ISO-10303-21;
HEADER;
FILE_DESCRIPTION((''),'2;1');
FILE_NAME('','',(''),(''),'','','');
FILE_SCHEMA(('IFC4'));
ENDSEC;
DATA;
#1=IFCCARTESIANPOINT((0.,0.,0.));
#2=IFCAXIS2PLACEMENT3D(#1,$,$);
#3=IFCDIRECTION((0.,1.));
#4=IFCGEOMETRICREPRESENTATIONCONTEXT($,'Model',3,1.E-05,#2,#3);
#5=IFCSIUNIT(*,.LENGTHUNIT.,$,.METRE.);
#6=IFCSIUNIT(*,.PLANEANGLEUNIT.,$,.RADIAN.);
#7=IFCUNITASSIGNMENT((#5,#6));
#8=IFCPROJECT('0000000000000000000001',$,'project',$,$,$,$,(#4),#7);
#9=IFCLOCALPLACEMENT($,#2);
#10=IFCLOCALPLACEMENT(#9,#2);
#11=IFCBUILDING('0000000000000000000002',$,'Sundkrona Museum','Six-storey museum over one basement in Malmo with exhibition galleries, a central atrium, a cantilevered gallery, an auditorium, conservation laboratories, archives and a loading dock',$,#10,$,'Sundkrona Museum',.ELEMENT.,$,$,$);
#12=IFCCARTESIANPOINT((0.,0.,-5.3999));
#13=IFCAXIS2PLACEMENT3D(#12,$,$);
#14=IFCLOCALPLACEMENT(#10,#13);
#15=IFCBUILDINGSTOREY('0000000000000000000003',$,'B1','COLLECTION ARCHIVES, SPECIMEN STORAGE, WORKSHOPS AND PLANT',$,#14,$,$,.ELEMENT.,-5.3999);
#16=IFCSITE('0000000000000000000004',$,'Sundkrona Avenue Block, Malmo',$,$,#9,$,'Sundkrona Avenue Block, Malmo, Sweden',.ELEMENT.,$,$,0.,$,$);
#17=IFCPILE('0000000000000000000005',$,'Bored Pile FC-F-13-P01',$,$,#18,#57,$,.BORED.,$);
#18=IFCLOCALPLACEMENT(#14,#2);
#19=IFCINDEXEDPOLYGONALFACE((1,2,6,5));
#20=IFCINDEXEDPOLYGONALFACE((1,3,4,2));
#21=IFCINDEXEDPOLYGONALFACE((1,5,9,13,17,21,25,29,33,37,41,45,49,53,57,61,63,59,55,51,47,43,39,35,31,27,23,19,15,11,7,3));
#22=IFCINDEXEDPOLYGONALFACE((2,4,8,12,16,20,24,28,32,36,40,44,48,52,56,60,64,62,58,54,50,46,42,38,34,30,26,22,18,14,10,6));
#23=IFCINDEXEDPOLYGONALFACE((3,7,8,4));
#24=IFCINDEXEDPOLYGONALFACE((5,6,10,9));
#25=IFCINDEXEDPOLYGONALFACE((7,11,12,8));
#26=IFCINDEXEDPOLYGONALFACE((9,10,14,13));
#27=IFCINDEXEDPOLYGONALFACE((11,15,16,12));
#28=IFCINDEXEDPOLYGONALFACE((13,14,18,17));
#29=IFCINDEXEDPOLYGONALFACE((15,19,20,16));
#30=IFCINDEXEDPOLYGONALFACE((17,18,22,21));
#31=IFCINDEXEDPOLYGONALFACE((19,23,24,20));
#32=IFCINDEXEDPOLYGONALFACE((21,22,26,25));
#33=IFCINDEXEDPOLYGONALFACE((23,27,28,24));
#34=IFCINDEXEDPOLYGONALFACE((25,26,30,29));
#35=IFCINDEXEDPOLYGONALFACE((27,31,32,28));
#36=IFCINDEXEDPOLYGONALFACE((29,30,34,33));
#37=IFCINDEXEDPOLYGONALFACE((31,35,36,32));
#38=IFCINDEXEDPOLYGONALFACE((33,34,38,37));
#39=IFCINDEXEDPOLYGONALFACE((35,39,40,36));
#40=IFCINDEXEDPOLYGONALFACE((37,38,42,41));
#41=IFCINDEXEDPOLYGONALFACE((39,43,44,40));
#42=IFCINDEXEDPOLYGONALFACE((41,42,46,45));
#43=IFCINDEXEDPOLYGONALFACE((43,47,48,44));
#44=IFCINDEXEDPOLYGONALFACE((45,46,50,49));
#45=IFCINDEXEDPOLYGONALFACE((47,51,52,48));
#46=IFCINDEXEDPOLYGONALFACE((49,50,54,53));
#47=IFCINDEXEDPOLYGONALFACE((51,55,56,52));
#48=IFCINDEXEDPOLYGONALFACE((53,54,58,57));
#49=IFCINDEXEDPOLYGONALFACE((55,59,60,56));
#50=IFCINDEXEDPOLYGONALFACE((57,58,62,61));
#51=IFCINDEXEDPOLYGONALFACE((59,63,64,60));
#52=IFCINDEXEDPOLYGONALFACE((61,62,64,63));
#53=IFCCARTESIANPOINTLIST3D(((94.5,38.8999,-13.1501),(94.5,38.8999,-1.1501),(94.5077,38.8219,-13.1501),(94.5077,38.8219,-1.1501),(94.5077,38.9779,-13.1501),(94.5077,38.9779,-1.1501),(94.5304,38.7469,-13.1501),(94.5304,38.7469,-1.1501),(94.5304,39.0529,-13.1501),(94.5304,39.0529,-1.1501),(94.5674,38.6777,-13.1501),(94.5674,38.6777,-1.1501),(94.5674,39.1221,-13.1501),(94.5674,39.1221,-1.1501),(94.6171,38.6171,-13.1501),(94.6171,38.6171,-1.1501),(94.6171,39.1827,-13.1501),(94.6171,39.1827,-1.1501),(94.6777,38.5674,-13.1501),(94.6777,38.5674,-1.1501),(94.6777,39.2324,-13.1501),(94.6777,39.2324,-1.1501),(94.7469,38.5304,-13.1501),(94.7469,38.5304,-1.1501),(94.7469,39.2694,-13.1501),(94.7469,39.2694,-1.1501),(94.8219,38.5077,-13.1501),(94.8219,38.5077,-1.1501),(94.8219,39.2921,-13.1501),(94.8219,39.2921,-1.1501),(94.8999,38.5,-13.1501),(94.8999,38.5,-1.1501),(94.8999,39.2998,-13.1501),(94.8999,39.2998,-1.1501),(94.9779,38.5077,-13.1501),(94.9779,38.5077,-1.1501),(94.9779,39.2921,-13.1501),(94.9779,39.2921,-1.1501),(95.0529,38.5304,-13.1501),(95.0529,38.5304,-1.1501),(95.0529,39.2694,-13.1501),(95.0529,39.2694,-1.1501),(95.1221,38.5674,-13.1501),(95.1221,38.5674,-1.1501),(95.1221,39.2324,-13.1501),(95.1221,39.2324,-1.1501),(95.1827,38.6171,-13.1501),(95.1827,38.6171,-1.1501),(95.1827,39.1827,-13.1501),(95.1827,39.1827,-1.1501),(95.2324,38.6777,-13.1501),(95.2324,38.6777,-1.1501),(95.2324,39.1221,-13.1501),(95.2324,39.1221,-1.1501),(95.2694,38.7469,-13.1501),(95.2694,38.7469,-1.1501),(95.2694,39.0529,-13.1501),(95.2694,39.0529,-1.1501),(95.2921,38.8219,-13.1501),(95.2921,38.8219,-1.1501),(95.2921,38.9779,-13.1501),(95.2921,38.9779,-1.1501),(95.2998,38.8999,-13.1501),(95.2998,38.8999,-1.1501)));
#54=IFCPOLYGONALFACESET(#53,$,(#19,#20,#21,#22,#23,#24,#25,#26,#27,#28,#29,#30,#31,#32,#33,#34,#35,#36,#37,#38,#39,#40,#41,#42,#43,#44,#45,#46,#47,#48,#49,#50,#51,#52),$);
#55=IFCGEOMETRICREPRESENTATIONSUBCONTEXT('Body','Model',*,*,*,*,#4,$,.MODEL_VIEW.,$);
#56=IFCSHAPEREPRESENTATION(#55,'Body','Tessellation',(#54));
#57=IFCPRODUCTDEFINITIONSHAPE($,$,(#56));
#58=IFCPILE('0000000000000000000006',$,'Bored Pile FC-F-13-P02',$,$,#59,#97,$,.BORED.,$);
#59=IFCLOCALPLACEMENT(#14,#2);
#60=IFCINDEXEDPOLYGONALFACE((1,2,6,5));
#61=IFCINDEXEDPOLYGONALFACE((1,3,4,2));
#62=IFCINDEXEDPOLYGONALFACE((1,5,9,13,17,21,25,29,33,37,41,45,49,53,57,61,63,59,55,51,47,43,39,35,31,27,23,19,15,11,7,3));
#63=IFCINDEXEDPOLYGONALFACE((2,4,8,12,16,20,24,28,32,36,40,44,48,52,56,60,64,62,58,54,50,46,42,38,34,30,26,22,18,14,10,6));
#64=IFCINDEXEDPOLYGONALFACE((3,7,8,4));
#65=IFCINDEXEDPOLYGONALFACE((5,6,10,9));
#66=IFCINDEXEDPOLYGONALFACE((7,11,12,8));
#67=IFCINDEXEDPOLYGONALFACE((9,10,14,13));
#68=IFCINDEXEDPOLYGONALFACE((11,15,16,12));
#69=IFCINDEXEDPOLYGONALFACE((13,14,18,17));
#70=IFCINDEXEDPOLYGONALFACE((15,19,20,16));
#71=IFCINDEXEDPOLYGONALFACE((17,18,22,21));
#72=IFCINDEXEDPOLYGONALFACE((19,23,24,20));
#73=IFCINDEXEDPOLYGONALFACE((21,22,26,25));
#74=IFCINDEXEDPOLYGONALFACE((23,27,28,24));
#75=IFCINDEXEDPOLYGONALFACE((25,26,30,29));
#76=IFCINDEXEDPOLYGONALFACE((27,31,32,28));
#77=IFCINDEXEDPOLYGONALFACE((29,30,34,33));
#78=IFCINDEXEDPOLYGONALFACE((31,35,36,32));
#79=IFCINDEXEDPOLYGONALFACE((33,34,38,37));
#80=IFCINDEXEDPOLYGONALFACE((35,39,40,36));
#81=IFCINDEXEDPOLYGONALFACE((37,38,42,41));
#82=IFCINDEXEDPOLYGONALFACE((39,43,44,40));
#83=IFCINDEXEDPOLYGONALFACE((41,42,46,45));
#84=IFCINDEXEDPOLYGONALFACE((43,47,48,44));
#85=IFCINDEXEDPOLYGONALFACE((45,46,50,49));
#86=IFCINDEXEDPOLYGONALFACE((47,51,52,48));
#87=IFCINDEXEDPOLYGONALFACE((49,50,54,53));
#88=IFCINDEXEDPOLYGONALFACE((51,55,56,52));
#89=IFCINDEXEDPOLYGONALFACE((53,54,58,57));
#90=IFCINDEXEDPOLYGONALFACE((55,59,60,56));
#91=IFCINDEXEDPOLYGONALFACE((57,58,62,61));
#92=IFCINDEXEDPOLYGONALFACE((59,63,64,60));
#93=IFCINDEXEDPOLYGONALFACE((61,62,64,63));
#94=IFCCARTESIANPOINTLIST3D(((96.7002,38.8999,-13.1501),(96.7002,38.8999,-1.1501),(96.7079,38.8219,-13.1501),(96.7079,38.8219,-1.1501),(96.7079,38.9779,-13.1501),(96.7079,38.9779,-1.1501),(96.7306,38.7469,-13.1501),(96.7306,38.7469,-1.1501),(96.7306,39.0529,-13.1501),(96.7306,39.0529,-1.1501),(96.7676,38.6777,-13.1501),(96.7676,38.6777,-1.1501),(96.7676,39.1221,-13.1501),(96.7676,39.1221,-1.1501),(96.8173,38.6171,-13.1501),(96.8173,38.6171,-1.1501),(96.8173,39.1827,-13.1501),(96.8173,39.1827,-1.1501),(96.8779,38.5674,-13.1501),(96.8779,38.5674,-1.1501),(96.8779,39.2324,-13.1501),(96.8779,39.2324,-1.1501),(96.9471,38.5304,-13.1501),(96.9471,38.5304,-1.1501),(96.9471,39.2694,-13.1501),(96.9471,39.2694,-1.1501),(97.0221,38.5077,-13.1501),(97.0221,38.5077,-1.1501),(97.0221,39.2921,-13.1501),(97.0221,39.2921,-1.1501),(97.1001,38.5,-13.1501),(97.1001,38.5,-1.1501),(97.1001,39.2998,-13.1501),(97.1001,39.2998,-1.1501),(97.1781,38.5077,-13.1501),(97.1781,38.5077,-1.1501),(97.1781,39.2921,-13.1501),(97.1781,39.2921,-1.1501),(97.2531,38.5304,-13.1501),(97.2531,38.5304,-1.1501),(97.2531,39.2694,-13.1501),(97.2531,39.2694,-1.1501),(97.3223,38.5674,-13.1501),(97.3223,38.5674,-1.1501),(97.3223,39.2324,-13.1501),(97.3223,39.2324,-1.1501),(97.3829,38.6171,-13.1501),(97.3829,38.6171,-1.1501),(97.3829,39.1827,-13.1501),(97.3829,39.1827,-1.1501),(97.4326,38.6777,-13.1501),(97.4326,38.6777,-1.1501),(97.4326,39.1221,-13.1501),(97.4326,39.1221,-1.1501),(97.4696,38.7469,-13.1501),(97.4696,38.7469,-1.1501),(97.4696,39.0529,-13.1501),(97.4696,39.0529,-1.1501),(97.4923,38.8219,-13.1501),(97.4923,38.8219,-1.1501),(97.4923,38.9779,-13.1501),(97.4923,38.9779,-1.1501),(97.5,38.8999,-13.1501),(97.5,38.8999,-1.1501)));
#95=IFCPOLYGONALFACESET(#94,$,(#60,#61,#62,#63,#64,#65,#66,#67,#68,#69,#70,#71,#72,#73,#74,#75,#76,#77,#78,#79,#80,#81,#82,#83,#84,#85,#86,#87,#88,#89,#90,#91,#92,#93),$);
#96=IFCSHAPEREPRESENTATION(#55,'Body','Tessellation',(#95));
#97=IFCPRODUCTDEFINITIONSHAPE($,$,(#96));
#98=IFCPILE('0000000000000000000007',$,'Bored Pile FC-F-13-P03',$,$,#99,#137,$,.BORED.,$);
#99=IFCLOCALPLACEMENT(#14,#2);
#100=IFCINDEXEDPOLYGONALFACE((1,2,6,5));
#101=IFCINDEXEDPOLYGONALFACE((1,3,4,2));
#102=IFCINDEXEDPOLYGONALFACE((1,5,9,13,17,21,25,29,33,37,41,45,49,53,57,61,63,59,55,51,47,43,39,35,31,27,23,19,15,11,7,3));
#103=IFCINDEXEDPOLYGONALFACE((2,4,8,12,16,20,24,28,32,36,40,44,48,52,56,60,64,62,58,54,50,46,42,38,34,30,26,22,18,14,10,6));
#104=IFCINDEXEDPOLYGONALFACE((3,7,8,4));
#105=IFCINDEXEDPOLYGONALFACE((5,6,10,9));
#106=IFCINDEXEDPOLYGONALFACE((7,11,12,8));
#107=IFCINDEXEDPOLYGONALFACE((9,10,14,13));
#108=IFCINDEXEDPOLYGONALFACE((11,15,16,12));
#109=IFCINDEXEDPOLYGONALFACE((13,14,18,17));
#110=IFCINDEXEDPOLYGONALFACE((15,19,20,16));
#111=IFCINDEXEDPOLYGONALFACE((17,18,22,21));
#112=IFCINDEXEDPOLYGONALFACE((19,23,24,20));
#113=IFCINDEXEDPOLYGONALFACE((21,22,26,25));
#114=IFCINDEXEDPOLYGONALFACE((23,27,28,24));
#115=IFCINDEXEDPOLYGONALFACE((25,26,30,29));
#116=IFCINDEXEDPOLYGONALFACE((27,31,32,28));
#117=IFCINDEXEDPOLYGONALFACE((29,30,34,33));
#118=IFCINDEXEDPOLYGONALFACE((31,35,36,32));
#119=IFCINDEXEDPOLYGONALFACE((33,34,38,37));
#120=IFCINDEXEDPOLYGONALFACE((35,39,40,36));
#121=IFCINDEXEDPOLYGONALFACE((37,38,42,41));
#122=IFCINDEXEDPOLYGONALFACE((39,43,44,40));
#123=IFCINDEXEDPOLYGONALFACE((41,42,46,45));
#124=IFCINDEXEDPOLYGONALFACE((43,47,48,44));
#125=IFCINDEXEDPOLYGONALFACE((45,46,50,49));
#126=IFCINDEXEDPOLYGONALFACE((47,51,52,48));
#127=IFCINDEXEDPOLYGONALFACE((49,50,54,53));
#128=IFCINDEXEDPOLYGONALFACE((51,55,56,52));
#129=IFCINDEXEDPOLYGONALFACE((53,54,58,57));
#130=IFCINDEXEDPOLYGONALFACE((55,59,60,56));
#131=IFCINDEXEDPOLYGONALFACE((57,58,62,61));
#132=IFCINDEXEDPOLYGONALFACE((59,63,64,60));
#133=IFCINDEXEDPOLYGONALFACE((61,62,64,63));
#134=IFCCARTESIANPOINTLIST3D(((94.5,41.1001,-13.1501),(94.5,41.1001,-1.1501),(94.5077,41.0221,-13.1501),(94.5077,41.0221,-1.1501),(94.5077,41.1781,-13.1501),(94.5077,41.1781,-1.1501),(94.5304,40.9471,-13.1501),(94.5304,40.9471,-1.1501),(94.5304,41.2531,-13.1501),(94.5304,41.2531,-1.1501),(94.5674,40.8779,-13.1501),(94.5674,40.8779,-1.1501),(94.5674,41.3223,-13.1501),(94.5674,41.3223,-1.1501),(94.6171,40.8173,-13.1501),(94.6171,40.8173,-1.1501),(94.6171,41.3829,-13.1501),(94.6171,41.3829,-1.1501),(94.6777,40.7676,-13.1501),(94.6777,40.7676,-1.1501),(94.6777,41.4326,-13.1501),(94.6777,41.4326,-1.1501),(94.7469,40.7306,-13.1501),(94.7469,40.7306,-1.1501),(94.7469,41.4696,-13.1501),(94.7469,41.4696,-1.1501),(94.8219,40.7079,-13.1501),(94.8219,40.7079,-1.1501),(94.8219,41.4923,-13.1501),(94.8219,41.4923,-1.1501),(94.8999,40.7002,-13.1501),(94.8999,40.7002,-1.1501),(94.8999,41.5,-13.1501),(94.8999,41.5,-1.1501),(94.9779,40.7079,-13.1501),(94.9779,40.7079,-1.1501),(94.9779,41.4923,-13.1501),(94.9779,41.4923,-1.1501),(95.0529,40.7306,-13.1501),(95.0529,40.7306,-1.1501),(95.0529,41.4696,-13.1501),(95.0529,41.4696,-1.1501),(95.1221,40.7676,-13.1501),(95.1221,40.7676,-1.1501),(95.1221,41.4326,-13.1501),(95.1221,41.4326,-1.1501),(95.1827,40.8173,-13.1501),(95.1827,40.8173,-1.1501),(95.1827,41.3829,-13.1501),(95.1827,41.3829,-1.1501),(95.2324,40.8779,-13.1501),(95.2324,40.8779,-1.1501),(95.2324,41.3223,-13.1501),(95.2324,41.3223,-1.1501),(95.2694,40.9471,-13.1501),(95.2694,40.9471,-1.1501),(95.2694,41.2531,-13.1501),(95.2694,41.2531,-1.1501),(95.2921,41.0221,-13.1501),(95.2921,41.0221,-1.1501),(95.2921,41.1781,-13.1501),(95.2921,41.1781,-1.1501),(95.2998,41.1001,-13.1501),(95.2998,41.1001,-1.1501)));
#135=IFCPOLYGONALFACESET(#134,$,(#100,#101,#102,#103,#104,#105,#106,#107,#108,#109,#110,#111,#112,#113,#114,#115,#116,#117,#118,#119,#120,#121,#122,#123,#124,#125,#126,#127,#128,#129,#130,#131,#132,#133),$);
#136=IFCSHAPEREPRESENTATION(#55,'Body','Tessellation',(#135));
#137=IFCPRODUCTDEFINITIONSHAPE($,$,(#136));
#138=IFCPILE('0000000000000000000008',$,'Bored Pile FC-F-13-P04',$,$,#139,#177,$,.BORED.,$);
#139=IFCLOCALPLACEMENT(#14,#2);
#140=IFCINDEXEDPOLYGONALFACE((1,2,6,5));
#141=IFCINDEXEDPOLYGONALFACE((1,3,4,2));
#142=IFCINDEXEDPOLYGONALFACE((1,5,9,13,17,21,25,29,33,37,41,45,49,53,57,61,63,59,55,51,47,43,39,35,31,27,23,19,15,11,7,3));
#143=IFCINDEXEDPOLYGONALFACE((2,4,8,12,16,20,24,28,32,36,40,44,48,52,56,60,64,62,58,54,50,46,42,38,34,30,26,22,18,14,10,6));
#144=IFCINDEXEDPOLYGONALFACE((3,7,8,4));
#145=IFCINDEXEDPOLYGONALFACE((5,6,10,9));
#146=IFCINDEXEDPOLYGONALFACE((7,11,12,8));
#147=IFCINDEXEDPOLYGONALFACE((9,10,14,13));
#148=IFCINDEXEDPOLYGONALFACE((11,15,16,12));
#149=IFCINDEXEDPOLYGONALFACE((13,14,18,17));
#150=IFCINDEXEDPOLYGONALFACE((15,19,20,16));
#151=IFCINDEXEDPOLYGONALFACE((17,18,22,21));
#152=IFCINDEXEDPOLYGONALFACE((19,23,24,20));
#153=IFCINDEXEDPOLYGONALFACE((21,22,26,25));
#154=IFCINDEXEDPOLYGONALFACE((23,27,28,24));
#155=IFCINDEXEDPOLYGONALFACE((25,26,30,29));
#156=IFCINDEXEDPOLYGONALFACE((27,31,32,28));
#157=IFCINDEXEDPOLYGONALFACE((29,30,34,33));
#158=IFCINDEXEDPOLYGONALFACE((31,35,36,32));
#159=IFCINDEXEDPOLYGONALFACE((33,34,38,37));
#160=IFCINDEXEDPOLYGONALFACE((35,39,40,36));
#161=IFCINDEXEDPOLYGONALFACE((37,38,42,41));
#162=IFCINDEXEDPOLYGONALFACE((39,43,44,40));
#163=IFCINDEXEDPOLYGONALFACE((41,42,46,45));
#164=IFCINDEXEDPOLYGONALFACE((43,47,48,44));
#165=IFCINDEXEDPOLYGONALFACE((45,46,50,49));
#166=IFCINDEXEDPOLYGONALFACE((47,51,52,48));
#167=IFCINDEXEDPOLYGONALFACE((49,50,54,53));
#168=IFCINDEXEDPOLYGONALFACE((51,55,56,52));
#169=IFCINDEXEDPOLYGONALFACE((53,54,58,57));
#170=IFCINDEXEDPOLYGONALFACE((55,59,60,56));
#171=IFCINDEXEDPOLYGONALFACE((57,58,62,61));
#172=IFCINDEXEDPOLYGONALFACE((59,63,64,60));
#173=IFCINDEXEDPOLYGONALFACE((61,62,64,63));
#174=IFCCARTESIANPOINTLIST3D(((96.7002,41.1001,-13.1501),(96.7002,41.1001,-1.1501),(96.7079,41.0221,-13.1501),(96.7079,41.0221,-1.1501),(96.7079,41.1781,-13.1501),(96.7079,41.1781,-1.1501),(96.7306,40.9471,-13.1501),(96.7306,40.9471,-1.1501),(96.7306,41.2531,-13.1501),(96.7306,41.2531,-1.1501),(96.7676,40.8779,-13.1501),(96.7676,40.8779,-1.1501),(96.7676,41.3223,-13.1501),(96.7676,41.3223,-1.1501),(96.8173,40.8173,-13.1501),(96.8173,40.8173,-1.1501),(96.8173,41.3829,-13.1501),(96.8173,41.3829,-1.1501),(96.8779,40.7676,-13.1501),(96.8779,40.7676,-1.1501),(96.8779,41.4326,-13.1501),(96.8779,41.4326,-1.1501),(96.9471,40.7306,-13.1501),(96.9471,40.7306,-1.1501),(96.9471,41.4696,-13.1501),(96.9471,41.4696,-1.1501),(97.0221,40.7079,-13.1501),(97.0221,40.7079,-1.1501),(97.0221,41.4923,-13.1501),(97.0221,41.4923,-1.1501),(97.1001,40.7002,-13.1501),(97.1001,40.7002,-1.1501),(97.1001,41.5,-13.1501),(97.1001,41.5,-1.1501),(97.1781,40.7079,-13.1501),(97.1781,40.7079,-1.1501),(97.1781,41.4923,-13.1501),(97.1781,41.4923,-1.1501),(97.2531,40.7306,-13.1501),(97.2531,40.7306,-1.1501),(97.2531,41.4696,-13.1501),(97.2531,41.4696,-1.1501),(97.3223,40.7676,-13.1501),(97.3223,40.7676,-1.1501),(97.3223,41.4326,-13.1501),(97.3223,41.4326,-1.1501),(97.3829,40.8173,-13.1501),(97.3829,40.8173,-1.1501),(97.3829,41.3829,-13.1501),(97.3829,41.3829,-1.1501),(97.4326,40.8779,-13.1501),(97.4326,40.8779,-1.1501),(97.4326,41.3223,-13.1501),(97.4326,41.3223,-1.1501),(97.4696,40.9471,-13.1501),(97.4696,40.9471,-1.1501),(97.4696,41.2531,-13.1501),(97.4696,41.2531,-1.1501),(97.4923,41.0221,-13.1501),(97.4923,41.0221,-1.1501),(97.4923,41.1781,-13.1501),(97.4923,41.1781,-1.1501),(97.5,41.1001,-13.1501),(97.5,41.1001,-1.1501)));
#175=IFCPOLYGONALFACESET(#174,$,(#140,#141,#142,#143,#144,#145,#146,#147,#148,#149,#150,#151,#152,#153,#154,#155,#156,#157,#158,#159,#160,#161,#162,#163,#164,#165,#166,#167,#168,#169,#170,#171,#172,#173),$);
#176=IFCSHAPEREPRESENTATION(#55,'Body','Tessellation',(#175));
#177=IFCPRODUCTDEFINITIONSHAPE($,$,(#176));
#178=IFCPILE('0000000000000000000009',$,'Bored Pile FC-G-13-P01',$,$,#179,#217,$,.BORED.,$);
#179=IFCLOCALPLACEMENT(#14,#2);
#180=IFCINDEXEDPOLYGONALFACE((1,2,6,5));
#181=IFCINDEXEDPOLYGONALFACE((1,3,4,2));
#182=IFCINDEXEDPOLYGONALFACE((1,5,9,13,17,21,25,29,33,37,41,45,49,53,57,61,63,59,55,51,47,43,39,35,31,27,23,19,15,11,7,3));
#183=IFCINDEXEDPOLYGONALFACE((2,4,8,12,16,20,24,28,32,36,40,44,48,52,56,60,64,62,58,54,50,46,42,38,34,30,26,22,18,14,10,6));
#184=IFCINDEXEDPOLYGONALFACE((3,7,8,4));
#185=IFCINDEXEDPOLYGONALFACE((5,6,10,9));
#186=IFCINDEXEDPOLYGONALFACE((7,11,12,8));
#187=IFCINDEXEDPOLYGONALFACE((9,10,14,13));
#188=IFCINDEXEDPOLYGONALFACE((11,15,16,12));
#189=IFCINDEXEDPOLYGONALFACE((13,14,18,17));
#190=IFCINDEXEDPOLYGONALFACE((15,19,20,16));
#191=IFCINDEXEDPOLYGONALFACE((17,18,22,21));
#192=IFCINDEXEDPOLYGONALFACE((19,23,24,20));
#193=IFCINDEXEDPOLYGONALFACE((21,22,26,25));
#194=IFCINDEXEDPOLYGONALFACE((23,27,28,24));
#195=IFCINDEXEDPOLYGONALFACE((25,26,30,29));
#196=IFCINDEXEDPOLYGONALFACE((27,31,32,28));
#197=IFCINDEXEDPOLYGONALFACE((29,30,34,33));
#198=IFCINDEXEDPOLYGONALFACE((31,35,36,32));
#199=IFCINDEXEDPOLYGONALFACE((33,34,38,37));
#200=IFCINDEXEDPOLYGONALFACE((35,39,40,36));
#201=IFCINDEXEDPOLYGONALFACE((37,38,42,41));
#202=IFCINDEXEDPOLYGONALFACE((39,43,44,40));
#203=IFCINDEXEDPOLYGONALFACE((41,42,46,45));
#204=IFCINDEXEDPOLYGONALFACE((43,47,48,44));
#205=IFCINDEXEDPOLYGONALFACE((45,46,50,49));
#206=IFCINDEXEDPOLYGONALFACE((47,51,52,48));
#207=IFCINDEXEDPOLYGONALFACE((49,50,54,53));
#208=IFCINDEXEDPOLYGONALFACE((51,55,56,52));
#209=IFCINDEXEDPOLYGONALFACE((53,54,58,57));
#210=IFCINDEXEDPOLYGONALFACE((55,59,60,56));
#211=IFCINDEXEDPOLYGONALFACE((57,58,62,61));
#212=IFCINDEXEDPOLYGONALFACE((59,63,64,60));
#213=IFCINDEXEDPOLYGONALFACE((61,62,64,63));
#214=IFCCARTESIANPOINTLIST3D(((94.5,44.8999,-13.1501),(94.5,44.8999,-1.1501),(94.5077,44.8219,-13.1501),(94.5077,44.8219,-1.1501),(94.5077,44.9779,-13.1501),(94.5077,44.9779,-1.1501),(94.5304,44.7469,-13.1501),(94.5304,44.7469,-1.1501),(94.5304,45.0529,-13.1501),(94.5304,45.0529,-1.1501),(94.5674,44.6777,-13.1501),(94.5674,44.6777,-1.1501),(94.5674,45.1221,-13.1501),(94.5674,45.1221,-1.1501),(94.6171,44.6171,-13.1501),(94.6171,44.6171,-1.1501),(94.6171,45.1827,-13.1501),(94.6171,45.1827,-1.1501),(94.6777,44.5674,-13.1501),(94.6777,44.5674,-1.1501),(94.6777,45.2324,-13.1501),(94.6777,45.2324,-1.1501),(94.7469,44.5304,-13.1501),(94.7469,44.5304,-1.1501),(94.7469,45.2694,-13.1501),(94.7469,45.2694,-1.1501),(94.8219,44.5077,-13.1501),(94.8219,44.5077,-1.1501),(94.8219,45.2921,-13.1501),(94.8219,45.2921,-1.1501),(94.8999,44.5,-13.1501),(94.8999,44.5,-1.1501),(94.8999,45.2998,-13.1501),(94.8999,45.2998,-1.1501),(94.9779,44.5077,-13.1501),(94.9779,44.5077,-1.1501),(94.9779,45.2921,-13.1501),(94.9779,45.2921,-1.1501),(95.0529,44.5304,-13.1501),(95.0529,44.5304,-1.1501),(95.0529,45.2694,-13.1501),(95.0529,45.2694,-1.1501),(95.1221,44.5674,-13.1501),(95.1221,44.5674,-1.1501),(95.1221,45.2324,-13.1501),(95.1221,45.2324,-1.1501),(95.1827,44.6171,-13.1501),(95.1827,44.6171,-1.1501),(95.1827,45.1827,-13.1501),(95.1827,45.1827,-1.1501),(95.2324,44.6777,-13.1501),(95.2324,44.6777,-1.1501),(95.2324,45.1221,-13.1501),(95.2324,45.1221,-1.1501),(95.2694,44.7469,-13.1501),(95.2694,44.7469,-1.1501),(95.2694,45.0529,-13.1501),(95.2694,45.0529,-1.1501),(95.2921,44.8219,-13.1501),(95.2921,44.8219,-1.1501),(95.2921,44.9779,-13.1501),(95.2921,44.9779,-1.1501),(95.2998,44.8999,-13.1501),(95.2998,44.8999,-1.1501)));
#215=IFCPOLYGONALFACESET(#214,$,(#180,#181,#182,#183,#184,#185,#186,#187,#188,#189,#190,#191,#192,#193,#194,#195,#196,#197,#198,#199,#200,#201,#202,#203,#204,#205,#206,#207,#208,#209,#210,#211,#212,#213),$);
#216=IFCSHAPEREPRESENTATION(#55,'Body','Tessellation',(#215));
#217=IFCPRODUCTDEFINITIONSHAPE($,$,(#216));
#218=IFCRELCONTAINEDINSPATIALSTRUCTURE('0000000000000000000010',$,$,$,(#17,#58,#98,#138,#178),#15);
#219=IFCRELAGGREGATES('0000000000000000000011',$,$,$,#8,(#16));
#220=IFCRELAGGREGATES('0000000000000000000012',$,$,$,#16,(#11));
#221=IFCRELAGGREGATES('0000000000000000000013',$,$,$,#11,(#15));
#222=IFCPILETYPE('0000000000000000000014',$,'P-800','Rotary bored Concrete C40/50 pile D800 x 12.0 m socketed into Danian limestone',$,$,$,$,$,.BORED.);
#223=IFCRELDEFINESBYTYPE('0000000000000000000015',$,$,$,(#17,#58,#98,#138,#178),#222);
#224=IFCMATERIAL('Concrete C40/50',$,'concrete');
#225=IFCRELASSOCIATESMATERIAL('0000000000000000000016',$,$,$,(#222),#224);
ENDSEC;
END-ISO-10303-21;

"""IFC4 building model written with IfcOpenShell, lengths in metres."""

from ifc_helpers import new_model, si_unit, direction, frame, origin, origin_2d, place, context, subcontext, project, spatial, circle, extrude, material, material_profile, profile_set, type_object, element, save


model = new_model("IFC4")

# Units and contexts
model_context = context("Model", 3, precision=1e-05, world=origin(), true_north=direction((0.0, 1.0)))
body_context = subcontext(model_context, "Body", "Model", "MODEL_VIEW")
ifc_project = project(units=[si_unit("LENGTHUNIT", "METRE"), si_unit("PLANEANGLEUNIT", "RADIAN")], contexts=[model_context])

# Site, building, storey
site_placement = place(None, origin())
site = spatial("IfcSite", under=ifc_project, at=site_placement, Name="Sundkrona Avenue Block, Malmo", LongName="Sundkrona Avenue Block, Malmo, Sweden", CompositionType="ELEMENT", RefElevation=0.0)
building_placement = place(site_placement, origin())
building = spatial("IfcBuilding", under=site, at=building_placement, Name="Sundkrona Museum", Description="Six-storey museum over one basement in Malmo with exhibition galleries, a central atrium, a cantilevered gallery, an auditorium, conservation laboratories, archives and a loading dock", LongName="Sundkrona Museum", CompositionType="ELEMENT")
storey_placement = place(building_placement, frame((0.0, 0.0, -5.3999)))
storey = spatial("IfcBuildingStorey", under=building, at=storey_placement, Name="B1", Description="COLLECTION ARCHIVES, SPECIMEN STORAGE, WORKSHOPS AND PLANT", CompositionType="ELEMENT", Elevation=-5.3999)

# Shared definitions
ifc_material_1 = material(Name="Concrete C40/50", Category="concrete")

# Piles
ifc_material_profile_1 = material_profile(ifc_material_1, circle(Radius=0.3999, at=origin_2d()), Name="PILE D800")
ifc_profile_set_1 = profile_set([ifc_material_profile_1], Name="Concrete C40/50")
pile_type = type_object("IfcPileType", Name="P-800", Description="Rotary bored Concrete C40/50 pile D800 x 12.0 m socketed into Danian limestone", PredefinedType="BORED", material=ifc_profile_set_1)
for number, where, z_axis, x_axis, name in (
    (1, (94.8999, 38.8999, -1.1501), (0.0, 0.0, -1.0), (1.0, 0.0, 0.0), "Bored Pile FC-F-13-P01"),
    (2, (97.1001, 38.8999, -1.1501), (0.0, 0.0, -1.0), (1.0, 0.0, 0.0), "Bored Pile FC-F-13-P02"),
    (3, (94.8999, 41.1001, -1.1501), (0.0, 0.0, -1.0), (1.0, 0.0, 0.0), "Bored Pile FC-F-13-P03"),
    (4, (97.1001, 41.1001, -1.1501), (0.0, 0.0, -1.0), (1.0, 0.0, 0.0), "Bored Pile FC-F-13-P04"),
    (5, (94.8999, 44.8999, -1.1501), (0.0, 0.0, -1.0), (1.0, 0.0, 0.0), "Bored Pile FC-G-13-P01"),
):
    element("IfcPile", number, at=place(storey_placement, frame(where, z_axis=z_axis, x_axis=x_axis)), inside=storey, type_object=pile_type, Name=name, PredefinedType="BORED", context=body_context, shape_type="SweptSolid", body=[
        extrude(circle(Radius=0.3999, at=origin_2d()), origin(), (0.0, 0.0, 1.0), 12.0),
    ])

save(model, "model.ifc")
